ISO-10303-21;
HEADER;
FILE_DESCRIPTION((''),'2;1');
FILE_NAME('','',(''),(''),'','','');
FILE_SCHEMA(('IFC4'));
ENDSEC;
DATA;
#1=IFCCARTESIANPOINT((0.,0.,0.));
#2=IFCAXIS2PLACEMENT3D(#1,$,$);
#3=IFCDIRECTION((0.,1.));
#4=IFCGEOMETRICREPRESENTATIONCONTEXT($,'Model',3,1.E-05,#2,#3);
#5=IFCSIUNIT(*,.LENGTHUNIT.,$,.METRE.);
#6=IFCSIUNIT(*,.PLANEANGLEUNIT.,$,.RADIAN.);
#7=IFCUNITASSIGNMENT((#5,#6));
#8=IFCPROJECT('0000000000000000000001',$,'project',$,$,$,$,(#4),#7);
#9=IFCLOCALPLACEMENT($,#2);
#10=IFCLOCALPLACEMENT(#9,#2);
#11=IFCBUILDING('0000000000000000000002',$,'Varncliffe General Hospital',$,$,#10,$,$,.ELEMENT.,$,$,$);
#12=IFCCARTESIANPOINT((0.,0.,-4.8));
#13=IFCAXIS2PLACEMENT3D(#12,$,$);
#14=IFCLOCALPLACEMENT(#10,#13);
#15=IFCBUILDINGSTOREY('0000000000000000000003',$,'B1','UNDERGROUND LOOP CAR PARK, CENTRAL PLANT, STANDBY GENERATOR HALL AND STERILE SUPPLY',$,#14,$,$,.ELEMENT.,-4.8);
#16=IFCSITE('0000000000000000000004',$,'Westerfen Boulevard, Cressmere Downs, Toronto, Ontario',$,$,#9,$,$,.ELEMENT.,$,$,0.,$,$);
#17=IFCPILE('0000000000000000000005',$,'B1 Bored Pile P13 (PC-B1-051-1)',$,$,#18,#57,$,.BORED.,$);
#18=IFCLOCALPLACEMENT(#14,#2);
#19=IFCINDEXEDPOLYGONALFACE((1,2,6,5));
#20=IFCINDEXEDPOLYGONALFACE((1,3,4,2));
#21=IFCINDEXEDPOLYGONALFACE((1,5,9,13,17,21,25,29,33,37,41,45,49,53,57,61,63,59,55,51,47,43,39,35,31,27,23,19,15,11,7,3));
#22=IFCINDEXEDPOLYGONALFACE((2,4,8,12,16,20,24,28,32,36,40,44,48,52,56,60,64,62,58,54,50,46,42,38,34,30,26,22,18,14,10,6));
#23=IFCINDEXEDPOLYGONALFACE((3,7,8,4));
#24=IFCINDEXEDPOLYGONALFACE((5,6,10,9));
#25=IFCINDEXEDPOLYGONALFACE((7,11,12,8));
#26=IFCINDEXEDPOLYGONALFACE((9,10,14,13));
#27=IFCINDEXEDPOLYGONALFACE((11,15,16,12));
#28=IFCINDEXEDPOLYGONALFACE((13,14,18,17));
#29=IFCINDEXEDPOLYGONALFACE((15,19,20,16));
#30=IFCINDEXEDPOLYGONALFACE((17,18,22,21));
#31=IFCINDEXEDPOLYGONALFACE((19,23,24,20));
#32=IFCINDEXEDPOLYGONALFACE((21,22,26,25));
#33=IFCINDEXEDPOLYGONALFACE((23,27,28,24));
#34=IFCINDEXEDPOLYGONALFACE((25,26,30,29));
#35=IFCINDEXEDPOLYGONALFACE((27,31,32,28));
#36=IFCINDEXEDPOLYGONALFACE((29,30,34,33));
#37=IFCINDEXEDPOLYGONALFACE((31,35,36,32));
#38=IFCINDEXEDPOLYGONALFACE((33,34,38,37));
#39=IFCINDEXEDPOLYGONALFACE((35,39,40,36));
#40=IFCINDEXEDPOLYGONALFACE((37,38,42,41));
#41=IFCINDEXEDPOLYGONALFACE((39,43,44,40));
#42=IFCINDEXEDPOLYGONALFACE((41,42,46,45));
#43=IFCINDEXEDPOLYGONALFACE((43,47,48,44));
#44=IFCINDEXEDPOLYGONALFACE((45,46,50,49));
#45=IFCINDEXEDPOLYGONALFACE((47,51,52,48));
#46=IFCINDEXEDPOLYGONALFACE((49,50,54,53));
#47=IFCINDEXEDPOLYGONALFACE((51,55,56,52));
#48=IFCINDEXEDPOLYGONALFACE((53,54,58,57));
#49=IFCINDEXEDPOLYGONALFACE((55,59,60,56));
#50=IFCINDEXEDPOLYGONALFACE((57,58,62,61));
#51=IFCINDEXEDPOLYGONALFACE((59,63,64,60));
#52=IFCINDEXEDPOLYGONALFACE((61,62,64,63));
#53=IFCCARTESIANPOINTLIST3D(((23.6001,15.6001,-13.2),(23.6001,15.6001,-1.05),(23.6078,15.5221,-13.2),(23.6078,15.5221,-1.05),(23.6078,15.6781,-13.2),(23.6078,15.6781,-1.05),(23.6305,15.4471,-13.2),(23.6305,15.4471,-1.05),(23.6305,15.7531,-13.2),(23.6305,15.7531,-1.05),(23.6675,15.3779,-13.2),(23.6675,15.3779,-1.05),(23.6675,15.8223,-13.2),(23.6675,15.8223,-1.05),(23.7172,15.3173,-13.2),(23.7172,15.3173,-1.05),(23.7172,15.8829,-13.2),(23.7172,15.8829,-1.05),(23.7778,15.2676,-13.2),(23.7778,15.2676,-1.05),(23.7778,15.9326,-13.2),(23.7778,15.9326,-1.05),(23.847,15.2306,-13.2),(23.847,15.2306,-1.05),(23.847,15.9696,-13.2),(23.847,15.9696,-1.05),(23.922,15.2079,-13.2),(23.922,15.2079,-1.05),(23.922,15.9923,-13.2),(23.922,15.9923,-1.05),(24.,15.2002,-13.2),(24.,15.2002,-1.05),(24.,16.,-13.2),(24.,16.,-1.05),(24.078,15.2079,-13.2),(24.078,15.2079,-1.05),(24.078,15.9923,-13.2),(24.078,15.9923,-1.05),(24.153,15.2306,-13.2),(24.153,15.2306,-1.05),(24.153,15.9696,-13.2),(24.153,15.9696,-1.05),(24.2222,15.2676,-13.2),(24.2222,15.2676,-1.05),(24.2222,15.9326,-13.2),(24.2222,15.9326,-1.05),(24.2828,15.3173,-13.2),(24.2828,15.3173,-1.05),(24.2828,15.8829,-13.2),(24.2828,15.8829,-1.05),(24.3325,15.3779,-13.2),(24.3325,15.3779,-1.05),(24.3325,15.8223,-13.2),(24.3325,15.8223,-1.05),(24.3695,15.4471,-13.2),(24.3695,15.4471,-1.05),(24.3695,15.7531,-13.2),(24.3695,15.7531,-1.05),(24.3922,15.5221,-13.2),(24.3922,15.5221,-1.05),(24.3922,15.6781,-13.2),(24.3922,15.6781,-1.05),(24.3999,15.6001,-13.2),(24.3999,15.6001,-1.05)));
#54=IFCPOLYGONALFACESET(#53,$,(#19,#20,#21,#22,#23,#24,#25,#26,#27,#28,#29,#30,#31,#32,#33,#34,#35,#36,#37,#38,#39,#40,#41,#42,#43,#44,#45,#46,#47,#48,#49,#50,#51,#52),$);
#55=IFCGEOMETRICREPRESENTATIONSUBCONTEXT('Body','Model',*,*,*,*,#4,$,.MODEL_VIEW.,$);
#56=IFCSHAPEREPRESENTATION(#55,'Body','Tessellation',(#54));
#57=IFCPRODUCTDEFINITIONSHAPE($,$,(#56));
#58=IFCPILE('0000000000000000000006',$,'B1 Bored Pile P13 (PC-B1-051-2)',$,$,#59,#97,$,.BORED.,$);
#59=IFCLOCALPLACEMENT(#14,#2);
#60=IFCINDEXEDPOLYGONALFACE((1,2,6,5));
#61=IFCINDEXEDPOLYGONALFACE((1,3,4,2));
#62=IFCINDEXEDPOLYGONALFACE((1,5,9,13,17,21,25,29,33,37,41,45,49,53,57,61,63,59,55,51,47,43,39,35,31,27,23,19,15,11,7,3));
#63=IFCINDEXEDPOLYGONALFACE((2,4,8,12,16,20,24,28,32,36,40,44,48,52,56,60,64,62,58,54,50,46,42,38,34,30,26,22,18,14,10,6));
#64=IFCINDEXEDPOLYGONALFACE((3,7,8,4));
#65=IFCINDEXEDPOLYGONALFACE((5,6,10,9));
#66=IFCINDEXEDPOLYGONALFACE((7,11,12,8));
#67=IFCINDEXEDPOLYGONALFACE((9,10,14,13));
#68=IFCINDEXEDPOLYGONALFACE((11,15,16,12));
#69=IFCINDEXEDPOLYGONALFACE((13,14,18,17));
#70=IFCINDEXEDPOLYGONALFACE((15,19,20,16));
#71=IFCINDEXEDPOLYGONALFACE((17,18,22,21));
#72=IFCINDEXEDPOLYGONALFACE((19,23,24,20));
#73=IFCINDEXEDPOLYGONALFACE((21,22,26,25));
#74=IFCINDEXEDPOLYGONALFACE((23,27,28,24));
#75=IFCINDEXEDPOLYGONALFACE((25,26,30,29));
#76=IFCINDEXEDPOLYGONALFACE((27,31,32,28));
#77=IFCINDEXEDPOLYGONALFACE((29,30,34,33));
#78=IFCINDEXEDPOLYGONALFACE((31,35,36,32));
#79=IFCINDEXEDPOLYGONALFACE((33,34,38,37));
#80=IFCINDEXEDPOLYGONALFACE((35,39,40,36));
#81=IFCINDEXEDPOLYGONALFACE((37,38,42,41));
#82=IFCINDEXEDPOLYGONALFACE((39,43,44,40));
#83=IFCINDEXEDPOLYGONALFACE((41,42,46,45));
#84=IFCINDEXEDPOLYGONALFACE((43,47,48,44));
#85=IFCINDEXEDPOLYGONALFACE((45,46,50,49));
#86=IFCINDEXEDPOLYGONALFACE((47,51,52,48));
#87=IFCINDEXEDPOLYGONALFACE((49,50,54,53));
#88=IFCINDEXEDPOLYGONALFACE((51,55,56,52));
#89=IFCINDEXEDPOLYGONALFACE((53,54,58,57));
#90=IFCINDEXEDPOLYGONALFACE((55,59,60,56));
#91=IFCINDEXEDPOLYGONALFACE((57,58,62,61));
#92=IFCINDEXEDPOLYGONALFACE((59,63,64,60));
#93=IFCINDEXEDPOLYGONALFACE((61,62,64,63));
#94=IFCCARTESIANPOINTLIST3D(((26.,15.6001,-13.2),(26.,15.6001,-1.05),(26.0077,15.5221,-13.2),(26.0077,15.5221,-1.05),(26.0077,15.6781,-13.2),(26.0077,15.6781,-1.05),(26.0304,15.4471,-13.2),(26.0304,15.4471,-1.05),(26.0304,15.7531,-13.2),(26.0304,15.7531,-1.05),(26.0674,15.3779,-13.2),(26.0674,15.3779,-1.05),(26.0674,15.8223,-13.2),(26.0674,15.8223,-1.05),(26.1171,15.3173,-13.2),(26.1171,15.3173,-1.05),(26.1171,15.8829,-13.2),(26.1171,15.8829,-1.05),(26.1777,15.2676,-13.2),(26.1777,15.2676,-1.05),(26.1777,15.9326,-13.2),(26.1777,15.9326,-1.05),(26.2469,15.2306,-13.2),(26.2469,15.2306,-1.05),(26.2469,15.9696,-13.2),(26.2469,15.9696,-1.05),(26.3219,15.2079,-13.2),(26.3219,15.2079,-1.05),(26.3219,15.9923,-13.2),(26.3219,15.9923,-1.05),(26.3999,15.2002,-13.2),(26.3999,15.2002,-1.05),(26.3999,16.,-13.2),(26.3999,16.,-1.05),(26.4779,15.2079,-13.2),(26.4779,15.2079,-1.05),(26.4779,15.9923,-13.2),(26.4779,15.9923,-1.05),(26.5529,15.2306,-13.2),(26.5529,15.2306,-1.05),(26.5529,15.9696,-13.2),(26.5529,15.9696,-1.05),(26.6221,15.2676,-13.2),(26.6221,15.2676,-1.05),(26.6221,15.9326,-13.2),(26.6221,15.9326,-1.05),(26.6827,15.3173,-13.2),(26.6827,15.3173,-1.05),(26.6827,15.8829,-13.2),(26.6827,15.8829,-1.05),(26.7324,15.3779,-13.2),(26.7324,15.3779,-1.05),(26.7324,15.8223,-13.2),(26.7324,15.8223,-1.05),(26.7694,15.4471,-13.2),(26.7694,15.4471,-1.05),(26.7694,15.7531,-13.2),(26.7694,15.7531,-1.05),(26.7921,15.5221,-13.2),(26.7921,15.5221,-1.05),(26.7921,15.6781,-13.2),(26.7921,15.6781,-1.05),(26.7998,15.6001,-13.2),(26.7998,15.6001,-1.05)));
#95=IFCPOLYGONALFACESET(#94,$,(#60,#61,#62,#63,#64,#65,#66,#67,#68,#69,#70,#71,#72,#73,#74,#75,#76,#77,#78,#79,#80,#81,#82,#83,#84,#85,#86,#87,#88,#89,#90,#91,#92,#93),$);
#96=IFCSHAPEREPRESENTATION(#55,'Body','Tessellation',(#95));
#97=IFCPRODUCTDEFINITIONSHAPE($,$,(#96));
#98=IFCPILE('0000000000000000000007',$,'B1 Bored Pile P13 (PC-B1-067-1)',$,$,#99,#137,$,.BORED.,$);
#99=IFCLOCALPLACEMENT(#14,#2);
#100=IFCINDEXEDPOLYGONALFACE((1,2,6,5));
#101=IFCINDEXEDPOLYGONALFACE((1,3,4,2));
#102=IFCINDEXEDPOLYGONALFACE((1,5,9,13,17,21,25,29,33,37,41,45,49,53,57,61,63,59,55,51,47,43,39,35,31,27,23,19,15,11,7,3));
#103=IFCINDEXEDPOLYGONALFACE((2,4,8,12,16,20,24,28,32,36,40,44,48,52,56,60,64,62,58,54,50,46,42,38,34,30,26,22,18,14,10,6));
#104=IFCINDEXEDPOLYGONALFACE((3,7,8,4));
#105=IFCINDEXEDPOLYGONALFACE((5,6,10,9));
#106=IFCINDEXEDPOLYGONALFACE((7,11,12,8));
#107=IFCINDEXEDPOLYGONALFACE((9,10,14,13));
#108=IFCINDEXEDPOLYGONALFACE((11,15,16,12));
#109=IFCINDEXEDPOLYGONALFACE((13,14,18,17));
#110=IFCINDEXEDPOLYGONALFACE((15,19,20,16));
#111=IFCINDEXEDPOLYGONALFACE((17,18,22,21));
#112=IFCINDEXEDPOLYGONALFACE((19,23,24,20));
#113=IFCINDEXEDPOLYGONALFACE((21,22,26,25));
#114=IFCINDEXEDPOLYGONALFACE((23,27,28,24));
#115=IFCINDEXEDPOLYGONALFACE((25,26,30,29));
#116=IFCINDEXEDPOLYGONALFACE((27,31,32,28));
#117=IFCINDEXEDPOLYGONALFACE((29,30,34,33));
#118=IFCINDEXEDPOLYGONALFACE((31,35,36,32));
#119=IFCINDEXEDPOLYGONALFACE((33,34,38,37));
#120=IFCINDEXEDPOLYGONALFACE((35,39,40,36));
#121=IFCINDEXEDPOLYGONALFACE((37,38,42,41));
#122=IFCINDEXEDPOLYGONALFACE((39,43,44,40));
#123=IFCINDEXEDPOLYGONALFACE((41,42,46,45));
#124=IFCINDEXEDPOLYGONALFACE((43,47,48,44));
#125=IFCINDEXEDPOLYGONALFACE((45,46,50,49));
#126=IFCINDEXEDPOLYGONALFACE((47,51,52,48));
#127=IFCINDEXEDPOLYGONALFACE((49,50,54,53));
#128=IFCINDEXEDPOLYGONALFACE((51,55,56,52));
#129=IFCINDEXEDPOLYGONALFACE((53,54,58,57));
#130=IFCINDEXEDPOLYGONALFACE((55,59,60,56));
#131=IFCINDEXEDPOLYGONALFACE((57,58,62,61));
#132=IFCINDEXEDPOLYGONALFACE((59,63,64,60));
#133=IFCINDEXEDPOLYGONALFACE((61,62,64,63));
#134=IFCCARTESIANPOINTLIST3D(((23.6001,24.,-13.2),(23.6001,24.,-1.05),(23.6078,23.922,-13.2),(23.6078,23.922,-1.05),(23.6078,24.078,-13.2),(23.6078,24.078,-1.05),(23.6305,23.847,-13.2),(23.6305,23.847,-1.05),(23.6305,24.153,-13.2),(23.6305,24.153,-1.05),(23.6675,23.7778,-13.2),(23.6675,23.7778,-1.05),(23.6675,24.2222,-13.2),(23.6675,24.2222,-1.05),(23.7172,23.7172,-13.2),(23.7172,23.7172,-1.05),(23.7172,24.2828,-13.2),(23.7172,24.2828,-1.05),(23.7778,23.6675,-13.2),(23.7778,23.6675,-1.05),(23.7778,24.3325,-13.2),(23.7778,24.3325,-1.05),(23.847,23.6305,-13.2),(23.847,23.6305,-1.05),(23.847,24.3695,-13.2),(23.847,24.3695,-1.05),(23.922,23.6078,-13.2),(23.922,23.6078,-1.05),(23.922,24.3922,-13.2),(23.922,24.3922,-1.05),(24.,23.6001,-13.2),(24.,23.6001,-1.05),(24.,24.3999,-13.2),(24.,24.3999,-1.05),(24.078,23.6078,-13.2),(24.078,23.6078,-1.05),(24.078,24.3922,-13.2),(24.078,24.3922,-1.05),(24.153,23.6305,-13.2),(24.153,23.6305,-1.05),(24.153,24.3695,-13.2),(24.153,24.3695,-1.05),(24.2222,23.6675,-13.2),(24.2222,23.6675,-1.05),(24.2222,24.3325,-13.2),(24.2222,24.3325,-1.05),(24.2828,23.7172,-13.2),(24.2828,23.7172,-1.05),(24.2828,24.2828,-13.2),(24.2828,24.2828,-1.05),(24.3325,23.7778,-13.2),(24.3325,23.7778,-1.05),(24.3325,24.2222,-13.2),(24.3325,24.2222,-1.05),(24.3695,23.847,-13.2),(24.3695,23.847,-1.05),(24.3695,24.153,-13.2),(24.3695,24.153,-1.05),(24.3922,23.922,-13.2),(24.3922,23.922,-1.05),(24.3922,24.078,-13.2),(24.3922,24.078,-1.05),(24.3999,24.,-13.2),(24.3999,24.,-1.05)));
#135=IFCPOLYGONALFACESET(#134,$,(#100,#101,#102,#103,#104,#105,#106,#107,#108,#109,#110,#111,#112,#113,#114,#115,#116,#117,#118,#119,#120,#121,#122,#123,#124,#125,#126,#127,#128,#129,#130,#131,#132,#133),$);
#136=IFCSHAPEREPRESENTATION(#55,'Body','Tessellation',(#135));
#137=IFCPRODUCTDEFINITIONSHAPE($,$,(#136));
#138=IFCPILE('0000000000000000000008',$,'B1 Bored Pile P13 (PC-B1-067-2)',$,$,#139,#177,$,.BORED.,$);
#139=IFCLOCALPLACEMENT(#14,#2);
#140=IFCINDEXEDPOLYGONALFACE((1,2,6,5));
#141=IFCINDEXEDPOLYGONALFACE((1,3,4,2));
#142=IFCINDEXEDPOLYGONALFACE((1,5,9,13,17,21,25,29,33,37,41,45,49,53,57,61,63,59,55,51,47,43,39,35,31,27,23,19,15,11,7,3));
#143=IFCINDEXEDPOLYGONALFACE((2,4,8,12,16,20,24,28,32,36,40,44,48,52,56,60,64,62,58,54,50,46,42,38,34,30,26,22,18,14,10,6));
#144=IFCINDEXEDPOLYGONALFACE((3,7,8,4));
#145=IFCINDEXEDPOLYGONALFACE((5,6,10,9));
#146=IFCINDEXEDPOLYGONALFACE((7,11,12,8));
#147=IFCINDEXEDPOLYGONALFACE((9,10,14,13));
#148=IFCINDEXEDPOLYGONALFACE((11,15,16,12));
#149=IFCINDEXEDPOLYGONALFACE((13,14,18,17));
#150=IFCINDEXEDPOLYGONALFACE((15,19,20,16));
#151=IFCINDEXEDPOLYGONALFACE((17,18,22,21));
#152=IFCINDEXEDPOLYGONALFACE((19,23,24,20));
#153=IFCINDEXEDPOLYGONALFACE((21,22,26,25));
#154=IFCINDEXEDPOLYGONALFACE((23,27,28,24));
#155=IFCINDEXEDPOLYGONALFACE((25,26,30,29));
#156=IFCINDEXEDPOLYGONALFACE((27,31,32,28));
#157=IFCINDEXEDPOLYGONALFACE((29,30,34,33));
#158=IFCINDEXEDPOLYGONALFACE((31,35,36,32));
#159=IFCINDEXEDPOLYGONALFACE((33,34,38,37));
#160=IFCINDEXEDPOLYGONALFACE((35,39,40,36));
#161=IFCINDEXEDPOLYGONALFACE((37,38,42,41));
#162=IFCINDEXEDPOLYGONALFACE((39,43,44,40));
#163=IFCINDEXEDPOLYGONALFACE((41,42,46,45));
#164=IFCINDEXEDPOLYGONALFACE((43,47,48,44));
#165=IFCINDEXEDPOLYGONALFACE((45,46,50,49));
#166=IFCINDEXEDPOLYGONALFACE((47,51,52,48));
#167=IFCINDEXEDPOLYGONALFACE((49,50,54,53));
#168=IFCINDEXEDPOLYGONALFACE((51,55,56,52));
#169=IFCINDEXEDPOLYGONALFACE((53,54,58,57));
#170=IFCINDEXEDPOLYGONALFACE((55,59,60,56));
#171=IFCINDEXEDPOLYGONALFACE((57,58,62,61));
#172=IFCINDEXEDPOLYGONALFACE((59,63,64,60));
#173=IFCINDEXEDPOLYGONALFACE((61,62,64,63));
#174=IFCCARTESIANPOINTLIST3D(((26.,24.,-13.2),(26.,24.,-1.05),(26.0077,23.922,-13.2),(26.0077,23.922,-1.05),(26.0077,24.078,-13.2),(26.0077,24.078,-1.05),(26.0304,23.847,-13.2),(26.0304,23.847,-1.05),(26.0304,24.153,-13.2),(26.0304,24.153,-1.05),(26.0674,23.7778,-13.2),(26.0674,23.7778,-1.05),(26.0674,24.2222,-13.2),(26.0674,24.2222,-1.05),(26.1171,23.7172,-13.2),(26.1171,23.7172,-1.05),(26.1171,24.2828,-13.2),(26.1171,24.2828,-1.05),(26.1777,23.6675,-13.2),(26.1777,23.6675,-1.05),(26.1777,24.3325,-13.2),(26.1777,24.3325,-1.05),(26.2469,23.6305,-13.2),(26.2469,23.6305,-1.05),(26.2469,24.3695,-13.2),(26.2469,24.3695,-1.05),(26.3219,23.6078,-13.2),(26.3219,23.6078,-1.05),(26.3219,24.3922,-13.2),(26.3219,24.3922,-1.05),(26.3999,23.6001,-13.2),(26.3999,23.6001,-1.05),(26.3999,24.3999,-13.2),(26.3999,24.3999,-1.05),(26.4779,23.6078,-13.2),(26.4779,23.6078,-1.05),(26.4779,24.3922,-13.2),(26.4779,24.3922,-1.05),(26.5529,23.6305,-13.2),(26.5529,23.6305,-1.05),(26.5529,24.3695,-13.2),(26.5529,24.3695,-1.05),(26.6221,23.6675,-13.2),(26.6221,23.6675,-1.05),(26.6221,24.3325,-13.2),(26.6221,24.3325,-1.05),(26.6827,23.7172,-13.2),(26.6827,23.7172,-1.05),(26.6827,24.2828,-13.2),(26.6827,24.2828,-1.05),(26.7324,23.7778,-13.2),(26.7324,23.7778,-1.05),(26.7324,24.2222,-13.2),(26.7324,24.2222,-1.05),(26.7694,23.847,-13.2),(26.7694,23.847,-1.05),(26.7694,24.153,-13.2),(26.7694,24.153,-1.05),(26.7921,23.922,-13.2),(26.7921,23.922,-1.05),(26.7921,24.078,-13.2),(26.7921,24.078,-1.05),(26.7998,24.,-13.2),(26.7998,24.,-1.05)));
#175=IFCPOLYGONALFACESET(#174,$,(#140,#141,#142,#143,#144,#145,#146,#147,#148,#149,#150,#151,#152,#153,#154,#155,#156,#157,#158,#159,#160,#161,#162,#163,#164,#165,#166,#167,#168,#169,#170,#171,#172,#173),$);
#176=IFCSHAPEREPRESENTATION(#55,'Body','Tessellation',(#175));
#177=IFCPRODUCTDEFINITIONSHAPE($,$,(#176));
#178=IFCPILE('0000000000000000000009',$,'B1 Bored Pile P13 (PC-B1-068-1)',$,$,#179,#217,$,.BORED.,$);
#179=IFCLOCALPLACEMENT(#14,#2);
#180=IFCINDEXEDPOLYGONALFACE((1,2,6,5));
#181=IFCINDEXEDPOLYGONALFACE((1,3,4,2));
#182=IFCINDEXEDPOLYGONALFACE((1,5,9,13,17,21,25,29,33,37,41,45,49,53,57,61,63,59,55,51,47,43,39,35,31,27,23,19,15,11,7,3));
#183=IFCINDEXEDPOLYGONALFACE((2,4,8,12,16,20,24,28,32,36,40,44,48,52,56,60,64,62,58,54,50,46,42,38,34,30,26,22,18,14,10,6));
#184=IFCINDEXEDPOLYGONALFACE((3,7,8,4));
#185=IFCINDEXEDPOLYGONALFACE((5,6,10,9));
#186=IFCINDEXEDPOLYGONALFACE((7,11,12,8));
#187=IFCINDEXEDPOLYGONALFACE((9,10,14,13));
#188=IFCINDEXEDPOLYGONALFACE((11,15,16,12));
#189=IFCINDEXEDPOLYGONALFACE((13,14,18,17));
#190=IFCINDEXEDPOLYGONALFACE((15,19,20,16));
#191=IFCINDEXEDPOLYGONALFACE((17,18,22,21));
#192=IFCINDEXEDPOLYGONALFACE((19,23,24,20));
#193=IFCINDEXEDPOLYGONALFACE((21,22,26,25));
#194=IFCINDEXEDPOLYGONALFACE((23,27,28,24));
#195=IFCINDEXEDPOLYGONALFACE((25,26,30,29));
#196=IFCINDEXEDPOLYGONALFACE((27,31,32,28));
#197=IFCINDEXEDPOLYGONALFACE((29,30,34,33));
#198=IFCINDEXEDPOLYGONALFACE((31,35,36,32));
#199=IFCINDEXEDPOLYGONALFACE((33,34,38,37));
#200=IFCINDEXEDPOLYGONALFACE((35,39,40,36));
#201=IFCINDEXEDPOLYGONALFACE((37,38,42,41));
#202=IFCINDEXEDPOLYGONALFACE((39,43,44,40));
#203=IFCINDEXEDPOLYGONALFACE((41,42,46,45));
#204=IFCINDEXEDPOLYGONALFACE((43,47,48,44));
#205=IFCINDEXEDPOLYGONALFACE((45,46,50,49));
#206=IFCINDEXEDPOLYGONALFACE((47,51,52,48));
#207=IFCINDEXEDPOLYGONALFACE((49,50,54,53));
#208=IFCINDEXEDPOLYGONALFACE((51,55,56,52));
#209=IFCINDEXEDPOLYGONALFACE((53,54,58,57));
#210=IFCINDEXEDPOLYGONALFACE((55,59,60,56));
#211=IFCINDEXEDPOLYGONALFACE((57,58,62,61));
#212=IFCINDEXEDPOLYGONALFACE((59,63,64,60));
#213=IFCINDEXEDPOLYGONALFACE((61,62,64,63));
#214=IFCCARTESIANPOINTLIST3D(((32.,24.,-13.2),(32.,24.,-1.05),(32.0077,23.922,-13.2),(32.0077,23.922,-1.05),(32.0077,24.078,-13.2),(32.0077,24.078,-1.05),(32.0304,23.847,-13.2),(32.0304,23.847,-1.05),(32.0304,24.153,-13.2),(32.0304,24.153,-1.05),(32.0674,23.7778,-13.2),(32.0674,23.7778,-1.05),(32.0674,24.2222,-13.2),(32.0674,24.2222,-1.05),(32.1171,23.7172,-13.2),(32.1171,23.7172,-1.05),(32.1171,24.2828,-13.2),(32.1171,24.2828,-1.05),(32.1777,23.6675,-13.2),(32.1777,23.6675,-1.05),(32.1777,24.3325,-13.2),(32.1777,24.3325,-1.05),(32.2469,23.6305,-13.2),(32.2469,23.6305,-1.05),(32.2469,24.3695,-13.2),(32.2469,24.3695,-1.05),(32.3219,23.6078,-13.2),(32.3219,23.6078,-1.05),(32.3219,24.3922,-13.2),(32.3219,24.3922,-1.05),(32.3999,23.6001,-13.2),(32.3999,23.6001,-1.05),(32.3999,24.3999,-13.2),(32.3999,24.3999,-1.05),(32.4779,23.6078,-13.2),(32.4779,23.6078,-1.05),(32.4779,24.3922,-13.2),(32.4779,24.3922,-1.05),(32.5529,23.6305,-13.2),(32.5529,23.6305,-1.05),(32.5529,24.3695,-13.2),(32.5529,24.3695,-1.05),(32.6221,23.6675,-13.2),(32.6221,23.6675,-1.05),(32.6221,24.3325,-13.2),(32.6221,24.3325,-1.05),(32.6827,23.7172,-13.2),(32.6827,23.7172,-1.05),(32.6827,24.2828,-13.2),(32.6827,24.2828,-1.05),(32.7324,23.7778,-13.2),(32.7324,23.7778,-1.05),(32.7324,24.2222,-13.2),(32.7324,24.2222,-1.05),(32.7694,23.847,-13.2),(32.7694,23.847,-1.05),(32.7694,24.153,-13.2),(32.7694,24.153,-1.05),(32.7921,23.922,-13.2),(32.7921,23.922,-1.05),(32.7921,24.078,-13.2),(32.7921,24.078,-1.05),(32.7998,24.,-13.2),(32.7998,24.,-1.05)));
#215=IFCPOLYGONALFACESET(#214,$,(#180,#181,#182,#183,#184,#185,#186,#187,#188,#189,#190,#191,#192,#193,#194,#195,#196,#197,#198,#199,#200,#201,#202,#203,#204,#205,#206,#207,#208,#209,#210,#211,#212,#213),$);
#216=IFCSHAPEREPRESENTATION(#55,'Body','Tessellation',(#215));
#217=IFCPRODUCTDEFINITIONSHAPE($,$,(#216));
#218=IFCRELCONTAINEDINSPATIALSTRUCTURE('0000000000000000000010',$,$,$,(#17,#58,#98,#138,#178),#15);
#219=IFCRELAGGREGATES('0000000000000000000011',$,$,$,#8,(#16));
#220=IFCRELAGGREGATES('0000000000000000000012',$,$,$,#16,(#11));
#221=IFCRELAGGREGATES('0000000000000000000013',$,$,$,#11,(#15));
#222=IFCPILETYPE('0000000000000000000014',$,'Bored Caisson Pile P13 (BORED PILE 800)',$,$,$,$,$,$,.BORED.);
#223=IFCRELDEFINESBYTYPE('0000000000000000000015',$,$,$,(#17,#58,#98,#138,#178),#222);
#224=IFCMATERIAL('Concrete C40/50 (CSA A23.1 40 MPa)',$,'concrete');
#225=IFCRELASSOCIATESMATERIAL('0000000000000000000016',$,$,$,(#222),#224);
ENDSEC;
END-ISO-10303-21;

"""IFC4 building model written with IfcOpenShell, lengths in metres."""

from ifc_helpers import new_model, si_unit, direction, frame, origin, origin_2d, place, context, subcontext, project, spatial, circle, extrude, material, material_profile, profile_set, type_object, element, save


model = new_model("IFC4")

# Units and contexts
model_context = context("Model", 3, precision=1e-05, world=origin(), true_north=direction((0.0, 1.0)))
body_context = subcontext(model_context, "Body", "Model", "MODEL_VIEW")
ifc_project = project(units=[si_unit("LENGTHUNIT", "METRE"), si_unit("PLANEANGLEUNIT", "RADIAN")], contexts=[model_context])

# Site, building, storey
site_placement = place(None, origin())
site = spatial("IfcSite", under=ifc_project, at=site_placement, Name="Westerfen Boulevard, Cressmere Downs, Toronto, Ontario", CompositionType="ELEMENT", RefElevation=0.0)
building_placement = place(site_placement, origin())
building = spatial("IfcBuilding", under=site, at=building_placement, Name="Varncliffe General Hospital", CompositionType="ELEMENT")
storey_placement = place(building_placement, frame((0.0, 0.0, -4.8)))
storey = spatial("IfcBuildingStorey", under=building, at=storey_placement, Name="B1", Description="UNDERGROUND LOOP CAR PARK, CENTRAL PLANT, STANDBY GENERATOR HALL AND STERILE SUPPLY", CompositionType="ELEMENT", Elevation=-4.8)

# Piles
ifc_material_1 = material(Name="Concrete C40/50 (CSA A23.1 40 MPa)", Category="concrete")
ifc_material_profile_1 = material_profile(ifc_material_1, circle(Radius=0.3999, at=origin_2d()), Name="BORED PILE 800")
ifc_profile_set_1 = profile_set([ifc_material_profile_1], Name="Concrete C40/50 (CSA A23.1 40 MPa)")
pile_type = type_object("IfcPileType", Name="Bored Caisson Pile P13 (BORED PILE 800)", PredefinedType="BORED", material=ifc_profile_set_1)
for number, where, z_axis, x_axis, name in (
    (1, (24.0, 15.6001, -1.05), (0.0, 0.0, -1.0), (1.0, 0.0, 0.0), "B1 Bored Pile P13 (PC-B1-051-1)"),
    (2, (26.3999, 15.6001, -1.05), (0.0, 0.0, -1.0), (1.0, 0.0, 0.0), "B1 Bored Pile P13 (PC-B1-051-2)"),
    (3, (24.0, 24.0, -1.05), (0.0, 0.0, -1.0), (1.0, 0.0, 0.0), "B1 Bored Pile P13 (PC-B1-067-1)"),
    (4, (26.3999, 24.0, -1.05), (0.0, 0.0, -1.0), (1.0, 0.0, 0.0), "B1 Bored Pile P13 (PC-B1-067-2)"),
    (5, (32.3999, 24.0, -1.05), (0.0, 0.0, -1.0), (1.0, 0.0, 0.0), "B1 Bored Pile P13 (PC-B1-068-1)"),
):
    element("IfcPile", number, at=place(storey_placement, frame(where, z_axis=z_axis, x_axis=x_axis)), inside=storey, type_object=pile_type, Name=name, PredefinedType="BORED", context=body_context, shape_type="SweptSolid", body=[
        extrude(circle(Radius=0.3999, at=origin_2d()), origin(), (0.0, 0.0, 1.0), 12.1499),
    ])

save(model, "model.ifc")
